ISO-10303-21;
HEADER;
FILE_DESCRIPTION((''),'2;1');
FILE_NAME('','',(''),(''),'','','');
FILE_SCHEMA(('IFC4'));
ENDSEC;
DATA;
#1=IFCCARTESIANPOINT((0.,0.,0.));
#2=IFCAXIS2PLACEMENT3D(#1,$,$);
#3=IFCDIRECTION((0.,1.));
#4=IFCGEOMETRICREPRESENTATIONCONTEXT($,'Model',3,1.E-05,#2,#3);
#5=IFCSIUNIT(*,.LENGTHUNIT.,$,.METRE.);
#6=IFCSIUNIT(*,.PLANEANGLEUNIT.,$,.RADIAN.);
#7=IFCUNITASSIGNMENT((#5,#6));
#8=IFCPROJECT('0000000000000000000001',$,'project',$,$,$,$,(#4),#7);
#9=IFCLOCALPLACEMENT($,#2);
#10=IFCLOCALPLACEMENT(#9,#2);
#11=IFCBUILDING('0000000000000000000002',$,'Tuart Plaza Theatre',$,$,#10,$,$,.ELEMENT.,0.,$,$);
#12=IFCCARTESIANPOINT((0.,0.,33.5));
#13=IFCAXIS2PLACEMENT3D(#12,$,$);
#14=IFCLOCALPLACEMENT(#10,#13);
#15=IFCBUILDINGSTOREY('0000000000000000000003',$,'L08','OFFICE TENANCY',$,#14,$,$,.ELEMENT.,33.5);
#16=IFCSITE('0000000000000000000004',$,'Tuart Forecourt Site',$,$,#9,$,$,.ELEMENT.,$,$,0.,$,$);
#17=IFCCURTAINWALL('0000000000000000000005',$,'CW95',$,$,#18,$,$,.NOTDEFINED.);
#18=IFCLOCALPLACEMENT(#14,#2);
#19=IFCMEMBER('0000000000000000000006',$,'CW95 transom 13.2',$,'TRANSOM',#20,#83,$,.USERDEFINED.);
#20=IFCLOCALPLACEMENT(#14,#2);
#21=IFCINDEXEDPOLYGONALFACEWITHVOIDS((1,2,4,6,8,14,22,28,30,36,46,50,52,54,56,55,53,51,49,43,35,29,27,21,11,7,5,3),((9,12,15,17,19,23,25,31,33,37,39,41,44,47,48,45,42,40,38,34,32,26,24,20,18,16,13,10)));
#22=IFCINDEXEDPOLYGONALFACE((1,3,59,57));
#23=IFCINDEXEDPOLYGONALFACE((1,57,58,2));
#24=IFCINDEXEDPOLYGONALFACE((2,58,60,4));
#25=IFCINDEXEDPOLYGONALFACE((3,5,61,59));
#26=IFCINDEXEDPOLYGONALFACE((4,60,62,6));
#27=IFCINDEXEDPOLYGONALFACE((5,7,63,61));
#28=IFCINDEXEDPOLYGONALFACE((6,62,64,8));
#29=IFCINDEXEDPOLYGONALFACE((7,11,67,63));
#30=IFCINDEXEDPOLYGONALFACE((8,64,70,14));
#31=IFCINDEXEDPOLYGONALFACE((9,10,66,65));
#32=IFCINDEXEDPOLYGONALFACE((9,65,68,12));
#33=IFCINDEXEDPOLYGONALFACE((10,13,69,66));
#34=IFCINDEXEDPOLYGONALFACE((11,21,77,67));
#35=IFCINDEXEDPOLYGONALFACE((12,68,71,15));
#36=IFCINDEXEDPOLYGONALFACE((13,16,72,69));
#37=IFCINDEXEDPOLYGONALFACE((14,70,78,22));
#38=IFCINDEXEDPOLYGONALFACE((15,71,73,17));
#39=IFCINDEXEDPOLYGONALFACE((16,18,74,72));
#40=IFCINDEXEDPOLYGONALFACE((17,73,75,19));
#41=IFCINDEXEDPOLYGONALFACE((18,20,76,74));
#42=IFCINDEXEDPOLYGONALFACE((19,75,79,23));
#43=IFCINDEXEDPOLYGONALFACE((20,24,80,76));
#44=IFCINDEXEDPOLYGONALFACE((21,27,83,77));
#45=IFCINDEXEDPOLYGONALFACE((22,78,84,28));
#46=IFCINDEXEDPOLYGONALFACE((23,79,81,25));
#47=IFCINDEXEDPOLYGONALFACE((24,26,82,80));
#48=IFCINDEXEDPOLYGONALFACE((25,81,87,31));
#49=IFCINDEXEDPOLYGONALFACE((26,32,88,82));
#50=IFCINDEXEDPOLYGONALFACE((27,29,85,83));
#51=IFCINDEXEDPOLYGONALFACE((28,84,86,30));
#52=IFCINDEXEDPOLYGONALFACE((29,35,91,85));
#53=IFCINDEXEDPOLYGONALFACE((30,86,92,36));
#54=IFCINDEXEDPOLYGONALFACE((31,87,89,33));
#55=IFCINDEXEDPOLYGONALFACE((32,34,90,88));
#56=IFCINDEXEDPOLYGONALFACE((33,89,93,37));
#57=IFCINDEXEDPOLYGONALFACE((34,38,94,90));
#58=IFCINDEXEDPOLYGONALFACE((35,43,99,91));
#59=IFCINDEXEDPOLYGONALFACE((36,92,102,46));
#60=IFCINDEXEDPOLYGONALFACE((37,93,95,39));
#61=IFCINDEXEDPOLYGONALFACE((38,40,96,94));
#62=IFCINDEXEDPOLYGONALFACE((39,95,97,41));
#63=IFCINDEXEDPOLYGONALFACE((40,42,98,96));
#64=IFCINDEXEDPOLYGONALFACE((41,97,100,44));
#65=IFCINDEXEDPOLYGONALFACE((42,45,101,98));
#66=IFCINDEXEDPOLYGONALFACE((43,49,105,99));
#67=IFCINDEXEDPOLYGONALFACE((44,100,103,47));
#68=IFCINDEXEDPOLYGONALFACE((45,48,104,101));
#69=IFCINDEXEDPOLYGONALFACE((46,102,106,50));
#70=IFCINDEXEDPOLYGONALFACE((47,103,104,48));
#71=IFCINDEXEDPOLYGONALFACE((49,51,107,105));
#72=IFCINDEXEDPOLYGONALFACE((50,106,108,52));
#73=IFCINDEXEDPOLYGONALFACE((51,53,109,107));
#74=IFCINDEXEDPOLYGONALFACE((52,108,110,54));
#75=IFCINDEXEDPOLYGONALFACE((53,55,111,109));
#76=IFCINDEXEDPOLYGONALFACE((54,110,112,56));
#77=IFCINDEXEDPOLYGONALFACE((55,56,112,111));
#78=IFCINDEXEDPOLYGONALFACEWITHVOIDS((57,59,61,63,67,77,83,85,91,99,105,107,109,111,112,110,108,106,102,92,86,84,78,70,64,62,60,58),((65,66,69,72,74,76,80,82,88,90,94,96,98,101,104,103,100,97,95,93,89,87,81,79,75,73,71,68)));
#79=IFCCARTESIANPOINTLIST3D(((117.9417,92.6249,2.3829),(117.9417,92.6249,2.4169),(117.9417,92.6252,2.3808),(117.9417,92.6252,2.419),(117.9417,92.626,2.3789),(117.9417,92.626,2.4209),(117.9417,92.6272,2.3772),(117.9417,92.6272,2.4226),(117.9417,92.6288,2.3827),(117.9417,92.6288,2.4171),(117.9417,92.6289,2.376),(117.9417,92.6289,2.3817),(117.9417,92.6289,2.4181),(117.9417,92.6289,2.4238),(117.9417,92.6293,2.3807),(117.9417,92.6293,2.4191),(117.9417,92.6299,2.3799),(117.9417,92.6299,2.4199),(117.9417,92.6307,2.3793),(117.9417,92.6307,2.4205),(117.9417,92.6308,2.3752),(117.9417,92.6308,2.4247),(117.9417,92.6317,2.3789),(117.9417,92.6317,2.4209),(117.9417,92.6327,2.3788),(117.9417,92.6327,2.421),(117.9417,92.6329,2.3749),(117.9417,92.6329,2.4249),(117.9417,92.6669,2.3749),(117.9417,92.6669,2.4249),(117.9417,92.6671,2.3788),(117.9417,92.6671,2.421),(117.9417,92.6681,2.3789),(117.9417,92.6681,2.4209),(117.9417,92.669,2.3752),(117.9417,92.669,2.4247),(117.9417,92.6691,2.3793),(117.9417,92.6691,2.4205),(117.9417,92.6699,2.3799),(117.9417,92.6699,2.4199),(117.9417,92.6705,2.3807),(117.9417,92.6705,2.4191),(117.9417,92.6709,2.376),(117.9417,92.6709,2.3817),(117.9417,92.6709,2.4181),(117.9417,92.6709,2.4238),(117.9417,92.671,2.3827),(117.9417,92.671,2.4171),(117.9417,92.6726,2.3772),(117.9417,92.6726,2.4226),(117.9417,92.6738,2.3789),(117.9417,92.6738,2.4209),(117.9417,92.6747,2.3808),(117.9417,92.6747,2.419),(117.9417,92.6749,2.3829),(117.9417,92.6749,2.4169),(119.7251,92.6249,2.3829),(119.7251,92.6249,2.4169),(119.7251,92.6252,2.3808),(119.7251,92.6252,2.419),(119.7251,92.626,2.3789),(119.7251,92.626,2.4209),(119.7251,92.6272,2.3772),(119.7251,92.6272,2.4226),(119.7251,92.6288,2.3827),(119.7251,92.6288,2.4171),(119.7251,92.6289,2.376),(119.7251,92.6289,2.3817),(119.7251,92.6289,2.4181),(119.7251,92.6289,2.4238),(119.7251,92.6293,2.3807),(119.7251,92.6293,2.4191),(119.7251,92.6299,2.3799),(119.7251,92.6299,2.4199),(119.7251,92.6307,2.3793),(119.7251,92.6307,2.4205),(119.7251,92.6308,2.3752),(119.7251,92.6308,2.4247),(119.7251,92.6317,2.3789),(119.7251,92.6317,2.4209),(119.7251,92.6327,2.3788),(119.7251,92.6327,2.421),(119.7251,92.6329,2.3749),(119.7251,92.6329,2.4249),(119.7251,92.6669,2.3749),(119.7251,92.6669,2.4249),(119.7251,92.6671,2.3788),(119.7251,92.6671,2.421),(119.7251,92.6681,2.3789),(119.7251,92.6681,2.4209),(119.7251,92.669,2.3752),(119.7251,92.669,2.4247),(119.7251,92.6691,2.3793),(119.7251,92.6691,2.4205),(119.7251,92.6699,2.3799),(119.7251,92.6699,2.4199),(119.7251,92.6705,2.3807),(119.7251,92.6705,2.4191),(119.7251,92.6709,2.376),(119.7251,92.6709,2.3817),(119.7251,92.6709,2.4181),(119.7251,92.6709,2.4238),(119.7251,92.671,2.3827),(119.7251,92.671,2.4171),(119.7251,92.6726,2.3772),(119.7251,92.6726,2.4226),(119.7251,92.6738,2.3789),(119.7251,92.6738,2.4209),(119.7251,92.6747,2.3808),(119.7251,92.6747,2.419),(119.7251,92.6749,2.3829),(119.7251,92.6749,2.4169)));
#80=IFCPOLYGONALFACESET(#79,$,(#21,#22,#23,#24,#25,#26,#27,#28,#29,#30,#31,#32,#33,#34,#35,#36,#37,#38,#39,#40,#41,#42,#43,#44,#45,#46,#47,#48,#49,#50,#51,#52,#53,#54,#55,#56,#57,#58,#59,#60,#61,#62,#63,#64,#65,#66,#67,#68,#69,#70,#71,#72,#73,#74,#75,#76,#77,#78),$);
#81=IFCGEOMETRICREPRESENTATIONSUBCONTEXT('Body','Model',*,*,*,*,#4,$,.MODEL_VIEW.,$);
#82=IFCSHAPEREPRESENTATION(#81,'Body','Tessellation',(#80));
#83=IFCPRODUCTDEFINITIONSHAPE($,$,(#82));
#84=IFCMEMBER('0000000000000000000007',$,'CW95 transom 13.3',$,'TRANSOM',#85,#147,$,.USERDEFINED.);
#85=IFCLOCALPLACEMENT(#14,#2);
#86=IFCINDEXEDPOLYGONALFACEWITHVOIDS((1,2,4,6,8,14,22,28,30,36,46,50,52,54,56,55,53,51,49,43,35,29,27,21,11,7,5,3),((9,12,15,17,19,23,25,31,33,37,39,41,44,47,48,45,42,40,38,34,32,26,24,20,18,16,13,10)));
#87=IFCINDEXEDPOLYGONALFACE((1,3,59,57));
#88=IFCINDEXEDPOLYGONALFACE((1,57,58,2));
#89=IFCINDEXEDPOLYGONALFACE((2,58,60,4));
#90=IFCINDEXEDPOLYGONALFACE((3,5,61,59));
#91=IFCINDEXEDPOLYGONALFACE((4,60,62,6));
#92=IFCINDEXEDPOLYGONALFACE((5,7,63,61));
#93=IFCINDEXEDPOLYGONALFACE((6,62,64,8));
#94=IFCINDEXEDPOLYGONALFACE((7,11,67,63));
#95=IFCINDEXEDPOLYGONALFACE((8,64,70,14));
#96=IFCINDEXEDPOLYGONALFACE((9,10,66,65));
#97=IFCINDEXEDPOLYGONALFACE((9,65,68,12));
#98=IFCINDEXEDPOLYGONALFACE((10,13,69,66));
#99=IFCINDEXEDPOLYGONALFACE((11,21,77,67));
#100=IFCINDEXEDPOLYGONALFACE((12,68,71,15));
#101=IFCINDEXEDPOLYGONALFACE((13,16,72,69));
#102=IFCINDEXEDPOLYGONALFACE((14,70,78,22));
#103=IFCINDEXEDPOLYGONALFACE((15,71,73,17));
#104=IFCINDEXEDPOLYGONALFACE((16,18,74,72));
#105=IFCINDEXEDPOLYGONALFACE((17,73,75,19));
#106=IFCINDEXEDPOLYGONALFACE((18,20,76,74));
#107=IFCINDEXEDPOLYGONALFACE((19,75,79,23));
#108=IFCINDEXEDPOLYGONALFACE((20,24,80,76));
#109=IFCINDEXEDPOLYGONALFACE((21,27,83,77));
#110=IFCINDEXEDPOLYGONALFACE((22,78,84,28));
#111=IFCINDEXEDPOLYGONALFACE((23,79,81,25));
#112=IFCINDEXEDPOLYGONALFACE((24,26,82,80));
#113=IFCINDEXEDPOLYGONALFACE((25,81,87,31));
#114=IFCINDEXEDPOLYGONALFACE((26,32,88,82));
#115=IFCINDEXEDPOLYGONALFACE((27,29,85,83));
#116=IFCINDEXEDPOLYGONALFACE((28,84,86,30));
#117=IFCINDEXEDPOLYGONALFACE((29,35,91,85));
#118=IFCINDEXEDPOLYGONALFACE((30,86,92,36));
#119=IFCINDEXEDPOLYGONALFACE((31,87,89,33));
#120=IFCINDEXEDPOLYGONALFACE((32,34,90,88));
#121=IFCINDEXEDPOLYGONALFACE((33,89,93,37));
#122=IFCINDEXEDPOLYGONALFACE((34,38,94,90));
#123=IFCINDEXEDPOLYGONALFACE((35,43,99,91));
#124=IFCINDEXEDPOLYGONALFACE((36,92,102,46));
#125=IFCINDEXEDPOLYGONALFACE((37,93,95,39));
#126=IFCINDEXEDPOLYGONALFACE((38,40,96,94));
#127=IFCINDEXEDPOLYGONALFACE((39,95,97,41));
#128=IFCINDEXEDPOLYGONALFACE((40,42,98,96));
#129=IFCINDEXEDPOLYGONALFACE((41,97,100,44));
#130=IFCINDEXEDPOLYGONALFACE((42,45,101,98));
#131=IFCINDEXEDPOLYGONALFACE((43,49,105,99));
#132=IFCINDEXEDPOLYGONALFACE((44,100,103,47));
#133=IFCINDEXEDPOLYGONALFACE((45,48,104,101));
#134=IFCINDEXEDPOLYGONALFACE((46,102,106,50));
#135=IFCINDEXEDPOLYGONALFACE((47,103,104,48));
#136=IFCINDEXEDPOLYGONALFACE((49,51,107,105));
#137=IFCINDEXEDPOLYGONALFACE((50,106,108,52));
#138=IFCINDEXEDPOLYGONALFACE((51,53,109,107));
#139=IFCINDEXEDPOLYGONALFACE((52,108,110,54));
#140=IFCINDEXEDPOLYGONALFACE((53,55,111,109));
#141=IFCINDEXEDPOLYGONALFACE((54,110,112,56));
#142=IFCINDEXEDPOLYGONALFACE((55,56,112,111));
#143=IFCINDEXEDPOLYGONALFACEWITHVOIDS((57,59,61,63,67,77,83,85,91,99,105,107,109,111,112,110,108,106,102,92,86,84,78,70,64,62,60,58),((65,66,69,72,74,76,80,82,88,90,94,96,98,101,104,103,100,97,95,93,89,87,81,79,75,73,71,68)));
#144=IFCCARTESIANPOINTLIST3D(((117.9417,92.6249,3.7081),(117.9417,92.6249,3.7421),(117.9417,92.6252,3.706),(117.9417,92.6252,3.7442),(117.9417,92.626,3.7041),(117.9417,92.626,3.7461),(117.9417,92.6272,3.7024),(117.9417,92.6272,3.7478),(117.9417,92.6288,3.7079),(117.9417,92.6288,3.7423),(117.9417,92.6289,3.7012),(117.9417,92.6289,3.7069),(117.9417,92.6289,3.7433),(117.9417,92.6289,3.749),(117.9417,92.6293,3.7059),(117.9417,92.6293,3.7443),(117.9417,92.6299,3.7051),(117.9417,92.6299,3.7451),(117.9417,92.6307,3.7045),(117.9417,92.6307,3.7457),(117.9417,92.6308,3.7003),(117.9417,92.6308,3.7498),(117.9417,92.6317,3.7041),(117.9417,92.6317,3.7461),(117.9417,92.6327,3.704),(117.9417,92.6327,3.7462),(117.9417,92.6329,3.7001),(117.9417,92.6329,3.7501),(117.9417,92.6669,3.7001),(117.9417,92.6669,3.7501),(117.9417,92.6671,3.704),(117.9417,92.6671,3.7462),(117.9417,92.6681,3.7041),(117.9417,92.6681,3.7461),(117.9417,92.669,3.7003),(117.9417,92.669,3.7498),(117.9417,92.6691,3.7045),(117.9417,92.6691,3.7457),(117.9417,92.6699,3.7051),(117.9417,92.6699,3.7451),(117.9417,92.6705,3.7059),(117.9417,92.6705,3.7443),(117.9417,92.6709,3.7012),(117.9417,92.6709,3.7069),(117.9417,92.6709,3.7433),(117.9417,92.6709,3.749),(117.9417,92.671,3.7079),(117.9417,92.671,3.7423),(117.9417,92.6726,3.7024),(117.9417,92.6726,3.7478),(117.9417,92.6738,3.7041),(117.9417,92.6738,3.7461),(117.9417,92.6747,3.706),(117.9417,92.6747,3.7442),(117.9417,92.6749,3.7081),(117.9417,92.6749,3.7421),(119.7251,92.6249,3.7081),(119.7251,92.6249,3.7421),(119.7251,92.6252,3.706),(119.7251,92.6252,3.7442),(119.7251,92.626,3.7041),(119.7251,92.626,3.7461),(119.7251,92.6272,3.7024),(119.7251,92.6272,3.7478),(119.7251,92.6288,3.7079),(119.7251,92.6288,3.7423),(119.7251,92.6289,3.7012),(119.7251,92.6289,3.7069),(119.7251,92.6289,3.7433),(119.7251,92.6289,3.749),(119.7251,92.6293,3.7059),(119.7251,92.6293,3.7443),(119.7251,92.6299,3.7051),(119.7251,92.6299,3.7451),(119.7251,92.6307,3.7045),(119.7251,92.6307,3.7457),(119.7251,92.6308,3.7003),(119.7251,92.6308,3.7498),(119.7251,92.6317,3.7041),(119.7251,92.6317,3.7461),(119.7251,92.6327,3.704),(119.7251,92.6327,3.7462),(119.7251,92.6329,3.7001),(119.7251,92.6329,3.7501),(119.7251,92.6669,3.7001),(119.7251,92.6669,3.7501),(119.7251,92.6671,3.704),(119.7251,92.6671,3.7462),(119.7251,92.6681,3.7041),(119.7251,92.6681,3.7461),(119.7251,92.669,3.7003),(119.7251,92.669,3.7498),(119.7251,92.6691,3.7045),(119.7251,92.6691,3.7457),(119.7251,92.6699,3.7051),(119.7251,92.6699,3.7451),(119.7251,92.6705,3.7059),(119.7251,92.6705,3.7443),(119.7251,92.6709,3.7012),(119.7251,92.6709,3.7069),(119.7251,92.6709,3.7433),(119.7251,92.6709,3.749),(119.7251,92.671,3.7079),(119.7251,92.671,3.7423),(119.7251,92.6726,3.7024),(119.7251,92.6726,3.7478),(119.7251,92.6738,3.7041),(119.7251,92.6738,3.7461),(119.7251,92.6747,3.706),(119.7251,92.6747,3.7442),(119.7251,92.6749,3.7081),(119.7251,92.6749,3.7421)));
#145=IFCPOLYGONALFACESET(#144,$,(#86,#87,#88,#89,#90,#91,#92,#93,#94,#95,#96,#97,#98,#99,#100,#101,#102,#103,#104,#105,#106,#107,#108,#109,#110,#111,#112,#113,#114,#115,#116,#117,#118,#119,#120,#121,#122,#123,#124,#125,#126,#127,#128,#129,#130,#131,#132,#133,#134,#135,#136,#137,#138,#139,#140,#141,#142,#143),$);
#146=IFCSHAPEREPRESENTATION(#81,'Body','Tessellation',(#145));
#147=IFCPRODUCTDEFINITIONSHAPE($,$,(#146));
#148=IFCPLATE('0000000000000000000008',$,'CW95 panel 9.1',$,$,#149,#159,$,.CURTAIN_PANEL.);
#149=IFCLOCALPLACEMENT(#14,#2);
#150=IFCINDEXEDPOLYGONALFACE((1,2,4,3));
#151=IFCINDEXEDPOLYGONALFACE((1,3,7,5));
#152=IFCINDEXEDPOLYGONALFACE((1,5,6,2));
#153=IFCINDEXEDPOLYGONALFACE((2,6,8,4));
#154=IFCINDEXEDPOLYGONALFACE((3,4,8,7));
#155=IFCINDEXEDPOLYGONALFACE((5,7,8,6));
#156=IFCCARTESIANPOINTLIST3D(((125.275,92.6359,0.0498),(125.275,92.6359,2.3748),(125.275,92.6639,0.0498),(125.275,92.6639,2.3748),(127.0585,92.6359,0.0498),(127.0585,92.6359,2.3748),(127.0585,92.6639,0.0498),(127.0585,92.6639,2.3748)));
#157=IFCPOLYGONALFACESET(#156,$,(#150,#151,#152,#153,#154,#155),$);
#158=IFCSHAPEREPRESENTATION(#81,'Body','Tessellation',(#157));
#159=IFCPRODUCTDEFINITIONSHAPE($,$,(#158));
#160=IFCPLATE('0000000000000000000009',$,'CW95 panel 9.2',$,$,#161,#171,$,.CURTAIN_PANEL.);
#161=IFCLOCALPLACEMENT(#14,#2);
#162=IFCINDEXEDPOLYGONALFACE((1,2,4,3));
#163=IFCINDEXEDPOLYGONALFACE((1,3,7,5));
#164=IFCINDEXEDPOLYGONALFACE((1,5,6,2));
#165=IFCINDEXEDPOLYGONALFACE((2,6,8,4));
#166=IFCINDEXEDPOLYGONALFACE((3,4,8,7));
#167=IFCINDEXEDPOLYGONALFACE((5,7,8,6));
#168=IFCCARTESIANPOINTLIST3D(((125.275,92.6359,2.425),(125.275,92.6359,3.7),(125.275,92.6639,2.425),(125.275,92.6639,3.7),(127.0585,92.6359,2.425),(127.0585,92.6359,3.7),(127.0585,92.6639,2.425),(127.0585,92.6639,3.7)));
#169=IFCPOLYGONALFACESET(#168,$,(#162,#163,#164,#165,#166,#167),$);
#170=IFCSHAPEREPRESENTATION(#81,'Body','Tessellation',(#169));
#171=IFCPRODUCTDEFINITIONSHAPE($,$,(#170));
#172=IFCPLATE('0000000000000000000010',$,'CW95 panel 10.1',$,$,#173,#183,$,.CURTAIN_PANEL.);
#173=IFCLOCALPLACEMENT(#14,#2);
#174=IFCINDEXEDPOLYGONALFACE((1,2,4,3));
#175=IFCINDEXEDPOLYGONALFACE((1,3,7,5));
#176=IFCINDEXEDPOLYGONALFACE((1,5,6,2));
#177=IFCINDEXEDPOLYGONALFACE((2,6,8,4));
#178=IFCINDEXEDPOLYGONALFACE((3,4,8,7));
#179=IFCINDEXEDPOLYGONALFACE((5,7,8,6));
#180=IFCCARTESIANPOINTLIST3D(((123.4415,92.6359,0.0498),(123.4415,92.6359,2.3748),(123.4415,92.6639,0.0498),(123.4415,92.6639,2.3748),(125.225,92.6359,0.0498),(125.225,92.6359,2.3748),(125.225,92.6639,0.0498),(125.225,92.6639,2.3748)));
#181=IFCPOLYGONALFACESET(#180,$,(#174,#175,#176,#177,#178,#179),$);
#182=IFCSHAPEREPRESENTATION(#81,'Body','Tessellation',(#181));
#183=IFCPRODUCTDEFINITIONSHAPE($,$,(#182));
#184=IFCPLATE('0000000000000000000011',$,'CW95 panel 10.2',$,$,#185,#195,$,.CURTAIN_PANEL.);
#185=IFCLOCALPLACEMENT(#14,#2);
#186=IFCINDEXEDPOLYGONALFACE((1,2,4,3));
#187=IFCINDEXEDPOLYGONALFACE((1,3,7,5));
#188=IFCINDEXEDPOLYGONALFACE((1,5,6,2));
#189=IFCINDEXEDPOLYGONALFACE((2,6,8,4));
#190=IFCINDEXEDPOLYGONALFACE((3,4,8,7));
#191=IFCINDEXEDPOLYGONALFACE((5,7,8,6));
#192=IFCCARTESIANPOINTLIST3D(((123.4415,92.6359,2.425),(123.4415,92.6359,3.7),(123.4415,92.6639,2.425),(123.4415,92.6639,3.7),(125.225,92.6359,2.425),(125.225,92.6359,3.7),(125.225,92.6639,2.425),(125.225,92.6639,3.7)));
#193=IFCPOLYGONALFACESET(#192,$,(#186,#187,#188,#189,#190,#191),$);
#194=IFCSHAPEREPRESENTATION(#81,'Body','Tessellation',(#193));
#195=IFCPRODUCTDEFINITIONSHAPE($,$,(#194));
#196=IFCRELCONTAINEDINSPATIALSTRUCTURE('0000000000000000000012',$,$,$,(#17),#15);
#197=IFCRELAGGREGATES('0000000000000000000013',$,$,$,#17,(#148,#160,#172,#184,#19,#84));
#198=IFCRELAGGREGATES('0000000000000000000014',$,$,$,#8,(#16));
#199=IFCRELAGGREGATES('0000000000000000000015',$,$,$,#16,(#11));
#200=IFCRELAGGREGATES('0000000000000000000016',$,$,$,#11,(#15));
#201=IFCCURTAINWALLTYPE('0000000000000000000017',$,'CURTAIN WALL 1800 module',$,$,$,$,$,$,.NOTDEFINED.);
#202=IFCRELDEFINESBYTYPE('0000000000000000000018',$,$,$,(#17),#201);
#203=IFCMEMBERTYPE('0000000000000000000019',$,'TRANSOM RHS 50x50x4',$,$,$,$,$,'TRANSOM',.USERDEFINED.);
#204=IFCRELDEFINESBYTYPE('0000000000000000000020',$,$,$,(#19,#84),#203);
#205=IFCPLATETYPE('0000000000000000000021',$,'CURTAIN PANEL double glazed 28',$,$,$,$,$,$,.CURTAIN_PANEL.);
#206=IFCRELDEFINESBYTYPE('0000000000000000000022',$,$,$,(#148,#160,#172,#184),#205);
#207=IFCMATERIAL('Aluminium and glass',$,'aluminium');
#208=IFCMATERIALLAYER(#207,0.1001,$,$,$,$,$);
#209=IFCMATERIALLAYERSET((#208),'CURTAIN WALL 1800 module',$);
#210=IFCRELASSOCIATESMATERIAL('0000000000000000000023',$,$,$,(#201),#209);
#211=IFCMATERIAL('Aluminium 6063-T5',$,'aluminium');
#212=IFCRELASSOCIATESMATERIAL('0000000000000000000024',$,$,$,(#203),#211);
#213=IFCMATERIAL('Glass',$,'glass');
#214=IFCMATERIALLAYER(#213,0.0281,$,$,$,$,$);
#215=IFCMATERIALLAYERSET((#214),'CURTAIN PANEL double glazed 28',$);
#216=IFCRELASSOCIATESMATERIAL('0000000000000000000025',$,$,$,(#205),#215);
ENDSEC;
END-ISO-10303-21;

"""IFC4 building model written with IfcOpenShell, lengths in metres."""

from ifc_helpers import new_model, si_unit, direction, frame, origin, origin_2d, place, context, subcontext, project, spatial, rectangle, hollow_rectangle, extrude, material, layer, layer_set, material_profile, profile_set, type_object, element, aggregate, save


model = new_model("IFC4")

# Units and contexts
model_context = context("Model", 3, precision=1e-05, world=origin(), true_north=direction((0.0, 1.0)))
body_context = subcontext(model_context, "Body", "Model", "MODEL_VIEW")
ifc_project = project(units=[si_unit("LENGTHUNIT", "METRE"), si_unit("PLANEANGLEUNIT", "RADIAN")], contexts=[model_context])

# Site, building, storey
site_placement = place(None, origin())
site = spatial("IfcSite", under=ifc_project, at=site_placement, Name="Tuart Forecourt Site", CompositionType="ELEMENT", RefElevation=0.0)
building_placement = place(site_placement, origin())
building = spatial("IfcBuilding", under=site, at=building_placement, Name="Tuart Plaza Theatre", CompositionType="ELEMENT", ElevationOfRefHeight=0.0)
storey_placement = place(building_placement, frame((0.0, 0.0, 33.5)))
storey = spatial("IfcBuildingStorey", under=building, at=storey_placement, Name="L08", Description="OFFICE TENANCY", CompositionType="ELEMENT", Elevation=33.5)

# Curtain wall, members, plates
ifc_material_1 = material(Name="Aluminium and glass", Category="aluminium")
ifc_layer_1 = layer(ifc_material_1, 0.1001)
ifc_layer_set_1 = layer_set([ifc_layer_1], Name="CURTAIN WALL 1800 module")
curtain_wall_type = type_object("IfcCurtainWallType", Name="CURTAIN WALL 1800 module", PredefinedType="NOTDEFINED", material=ifc_layer_set_1)
curtain_wall_placement = place(storey_placement, origin())
curtain_wall = element("IfcCurtainWall", 1, at=curtain_wall_placement, inside=storey, type_object=curtain_wall_type, Name="CW95", PredefinedType="NOTDEFINED")
ifc_material_2 = material(Name="Aluminium 6063-T5", Category="aluminium")
ifc_material_profile_1 = material_profile(ifc_material_2, hollow_rectangle(XDim=0.05, YDim=0.05, WallThickness=0.0039, InnerFilletRadius=0.0039, OuterFilletRadius=0.0081, at=origin_2d()), Name="RHS 50x50x4")
ifc_profile_set_1 = profile_set([ifc_material_profile_1], Name="Aluminium 6063-T5")
member_type_1 = type_object("IfcMemberType", Name="TRANSOM RHS 50x50x4", ElementType="TRANSOM", PredefinedType="USERDEFINED", material=ifc_profile_set_1)
member_1_placement = place(storey_placement, frame((119.7251, 92.6499, 2.3999), z_axis=(-1.0, 0.0, 0.0), x_axis=(0.0, -1.0, 0.0)))
member_1 = element("IfcMember", 2, at=member_1_placement, type_object=member_type_1, Name="CW95 transom 13.2", ObjectType="TRANSOM", PredefinedType="USERDEFINED", context=body_context, shape_type="SweptSolid", body=[
    extrude(hollow_rectangle(XDim=0.05, YDim=0.05, WallThickness=0.0039, InnerFilletRadius=0.0039, OuterFilletRadius=0.0081, at=origin_2d()), origin(), (0.0, 0.0, 1.0), 1.7834),
])
member_2_placement = place(storey_placement, frame((119.7251, 92.6499, 3.7251), z_axis=(-1.0, 0.0, 0.0), x_axis=(0.0, -1.0, 0.0)))
member_2 = element("IfcMember", 3, at=member_2_placement, type_object=member_type_1, Name="CW95 transom 13.3", ObjectType="TRANSOM", PredefinedType="USERDEFINED", context=body_context, shape_type="SweptSolid", body=[
    extrude(hollow_rectangle(XDim=0.05, YDim=0.05, WallThickness=0.0039, InnerFilletRadius=0.0039, OuterFilletRadius=0.0081, at=origin_2d()), origin(), (0.0, 0.0, 1.0), 1.7834),
])
ifc_material_3 = material(Name="Glass", Category="glass")
ifc_layer_2 = layer(ifc_material_3, 0.0281)
ifc_layer_set_2 = layer_set([ifc_layer_2], Name="CURTAIN PANEL double glazed 28")
plate_type = type_object("IfcPlateType", Name="CURTAIN PANEL double glazed 28", PredefinedType="CURTAIN_PANEL", material=ifc_layer_set_2)
plate_1_placement = place(storey_placement, frame((126.1667, 92.6499, 0.0498), z_axis=(0.0, 0.0, 1.0), x_axis=(-1.0, 0.0, 0.0)))
plate_1 = element("IfcPlate", 4, at=plate_1_placement, type_object=plate_type, Name="CW95 panel 9.1", PredefinedType="CURTAIN_PANEL", context=body_context, shape_type="SweptSolid", body=[
    extrude(rectangle(XDim=1.7834, YDim=0.0281, at=origin_2d()), origin(), (0.0, 0.0, 1.0), 2.325),
])
plate_2_placement = place(storey_placement, frame((126.1667, 92.6499, 2.425), z_axis=(0.0, 0.0, 1.0), x_axis=(-1.0, 0.0, 0.0)))
plate_2 = element("IfcPlate", 5, at=plate_2_placement, type_object=plate_type, Name="CW95 panel 9.2", PredefinedType="CURTAIN_PANEL", context=body_context, shape_type="SweptSolid", body=[
    extrude(rectangle(XDim=1.7834, YDim=0.0281, at=origin_2d()), origin(), (0.0, 0.0, 1.0), 1.2749),
])
plate_3_placement = place(storey_placement, frame((124.3333, 92.6499, 0.0498), z_axis=(0.0, 0.0, 1.0), x_axis=(-1.0, 0.0, 0.0)))
plate_3 = element("IfcPlate", 6, at=plate_3_placement, type_object=plate_type, Name="CW95 panel 10.1", PredefinedType="CURTAIN_PANEL", context=body_context, shape_type="SweptSolid", body=[
    extrude(rectangle(XDim=1.7834, YDim=0.0281, at=origin_2d()), origin(), (0.0, 0.0, 1.0), 2.325),
])
plate_4_placement = place(storey_placement, frame((124.3333, 92.6499, 2.425), z_axis=(0.0, 0.0, 1.0), x_axis=(-1.0, 0.0, 0.0)))
plate_4 = element("IfcPlate", 7, at=plate_4_placement, type_object=plate_type, Name="CW95 panel 10.2", PredefinedType="CURTAIN_PANEL", context=body_context, shape_type="SweptSolid", body=[
    extrude(rectangle(XDim=1.7834, YDim=0.0281, at=origin_2d()), origin(), (0.0, 0.0, 1.0), 1.2749),
])
aggregate(curtain_wall, [plate_1, plate_2, plate_3, plate_4, member_1, member_2])

save(model, "model.ifc")
